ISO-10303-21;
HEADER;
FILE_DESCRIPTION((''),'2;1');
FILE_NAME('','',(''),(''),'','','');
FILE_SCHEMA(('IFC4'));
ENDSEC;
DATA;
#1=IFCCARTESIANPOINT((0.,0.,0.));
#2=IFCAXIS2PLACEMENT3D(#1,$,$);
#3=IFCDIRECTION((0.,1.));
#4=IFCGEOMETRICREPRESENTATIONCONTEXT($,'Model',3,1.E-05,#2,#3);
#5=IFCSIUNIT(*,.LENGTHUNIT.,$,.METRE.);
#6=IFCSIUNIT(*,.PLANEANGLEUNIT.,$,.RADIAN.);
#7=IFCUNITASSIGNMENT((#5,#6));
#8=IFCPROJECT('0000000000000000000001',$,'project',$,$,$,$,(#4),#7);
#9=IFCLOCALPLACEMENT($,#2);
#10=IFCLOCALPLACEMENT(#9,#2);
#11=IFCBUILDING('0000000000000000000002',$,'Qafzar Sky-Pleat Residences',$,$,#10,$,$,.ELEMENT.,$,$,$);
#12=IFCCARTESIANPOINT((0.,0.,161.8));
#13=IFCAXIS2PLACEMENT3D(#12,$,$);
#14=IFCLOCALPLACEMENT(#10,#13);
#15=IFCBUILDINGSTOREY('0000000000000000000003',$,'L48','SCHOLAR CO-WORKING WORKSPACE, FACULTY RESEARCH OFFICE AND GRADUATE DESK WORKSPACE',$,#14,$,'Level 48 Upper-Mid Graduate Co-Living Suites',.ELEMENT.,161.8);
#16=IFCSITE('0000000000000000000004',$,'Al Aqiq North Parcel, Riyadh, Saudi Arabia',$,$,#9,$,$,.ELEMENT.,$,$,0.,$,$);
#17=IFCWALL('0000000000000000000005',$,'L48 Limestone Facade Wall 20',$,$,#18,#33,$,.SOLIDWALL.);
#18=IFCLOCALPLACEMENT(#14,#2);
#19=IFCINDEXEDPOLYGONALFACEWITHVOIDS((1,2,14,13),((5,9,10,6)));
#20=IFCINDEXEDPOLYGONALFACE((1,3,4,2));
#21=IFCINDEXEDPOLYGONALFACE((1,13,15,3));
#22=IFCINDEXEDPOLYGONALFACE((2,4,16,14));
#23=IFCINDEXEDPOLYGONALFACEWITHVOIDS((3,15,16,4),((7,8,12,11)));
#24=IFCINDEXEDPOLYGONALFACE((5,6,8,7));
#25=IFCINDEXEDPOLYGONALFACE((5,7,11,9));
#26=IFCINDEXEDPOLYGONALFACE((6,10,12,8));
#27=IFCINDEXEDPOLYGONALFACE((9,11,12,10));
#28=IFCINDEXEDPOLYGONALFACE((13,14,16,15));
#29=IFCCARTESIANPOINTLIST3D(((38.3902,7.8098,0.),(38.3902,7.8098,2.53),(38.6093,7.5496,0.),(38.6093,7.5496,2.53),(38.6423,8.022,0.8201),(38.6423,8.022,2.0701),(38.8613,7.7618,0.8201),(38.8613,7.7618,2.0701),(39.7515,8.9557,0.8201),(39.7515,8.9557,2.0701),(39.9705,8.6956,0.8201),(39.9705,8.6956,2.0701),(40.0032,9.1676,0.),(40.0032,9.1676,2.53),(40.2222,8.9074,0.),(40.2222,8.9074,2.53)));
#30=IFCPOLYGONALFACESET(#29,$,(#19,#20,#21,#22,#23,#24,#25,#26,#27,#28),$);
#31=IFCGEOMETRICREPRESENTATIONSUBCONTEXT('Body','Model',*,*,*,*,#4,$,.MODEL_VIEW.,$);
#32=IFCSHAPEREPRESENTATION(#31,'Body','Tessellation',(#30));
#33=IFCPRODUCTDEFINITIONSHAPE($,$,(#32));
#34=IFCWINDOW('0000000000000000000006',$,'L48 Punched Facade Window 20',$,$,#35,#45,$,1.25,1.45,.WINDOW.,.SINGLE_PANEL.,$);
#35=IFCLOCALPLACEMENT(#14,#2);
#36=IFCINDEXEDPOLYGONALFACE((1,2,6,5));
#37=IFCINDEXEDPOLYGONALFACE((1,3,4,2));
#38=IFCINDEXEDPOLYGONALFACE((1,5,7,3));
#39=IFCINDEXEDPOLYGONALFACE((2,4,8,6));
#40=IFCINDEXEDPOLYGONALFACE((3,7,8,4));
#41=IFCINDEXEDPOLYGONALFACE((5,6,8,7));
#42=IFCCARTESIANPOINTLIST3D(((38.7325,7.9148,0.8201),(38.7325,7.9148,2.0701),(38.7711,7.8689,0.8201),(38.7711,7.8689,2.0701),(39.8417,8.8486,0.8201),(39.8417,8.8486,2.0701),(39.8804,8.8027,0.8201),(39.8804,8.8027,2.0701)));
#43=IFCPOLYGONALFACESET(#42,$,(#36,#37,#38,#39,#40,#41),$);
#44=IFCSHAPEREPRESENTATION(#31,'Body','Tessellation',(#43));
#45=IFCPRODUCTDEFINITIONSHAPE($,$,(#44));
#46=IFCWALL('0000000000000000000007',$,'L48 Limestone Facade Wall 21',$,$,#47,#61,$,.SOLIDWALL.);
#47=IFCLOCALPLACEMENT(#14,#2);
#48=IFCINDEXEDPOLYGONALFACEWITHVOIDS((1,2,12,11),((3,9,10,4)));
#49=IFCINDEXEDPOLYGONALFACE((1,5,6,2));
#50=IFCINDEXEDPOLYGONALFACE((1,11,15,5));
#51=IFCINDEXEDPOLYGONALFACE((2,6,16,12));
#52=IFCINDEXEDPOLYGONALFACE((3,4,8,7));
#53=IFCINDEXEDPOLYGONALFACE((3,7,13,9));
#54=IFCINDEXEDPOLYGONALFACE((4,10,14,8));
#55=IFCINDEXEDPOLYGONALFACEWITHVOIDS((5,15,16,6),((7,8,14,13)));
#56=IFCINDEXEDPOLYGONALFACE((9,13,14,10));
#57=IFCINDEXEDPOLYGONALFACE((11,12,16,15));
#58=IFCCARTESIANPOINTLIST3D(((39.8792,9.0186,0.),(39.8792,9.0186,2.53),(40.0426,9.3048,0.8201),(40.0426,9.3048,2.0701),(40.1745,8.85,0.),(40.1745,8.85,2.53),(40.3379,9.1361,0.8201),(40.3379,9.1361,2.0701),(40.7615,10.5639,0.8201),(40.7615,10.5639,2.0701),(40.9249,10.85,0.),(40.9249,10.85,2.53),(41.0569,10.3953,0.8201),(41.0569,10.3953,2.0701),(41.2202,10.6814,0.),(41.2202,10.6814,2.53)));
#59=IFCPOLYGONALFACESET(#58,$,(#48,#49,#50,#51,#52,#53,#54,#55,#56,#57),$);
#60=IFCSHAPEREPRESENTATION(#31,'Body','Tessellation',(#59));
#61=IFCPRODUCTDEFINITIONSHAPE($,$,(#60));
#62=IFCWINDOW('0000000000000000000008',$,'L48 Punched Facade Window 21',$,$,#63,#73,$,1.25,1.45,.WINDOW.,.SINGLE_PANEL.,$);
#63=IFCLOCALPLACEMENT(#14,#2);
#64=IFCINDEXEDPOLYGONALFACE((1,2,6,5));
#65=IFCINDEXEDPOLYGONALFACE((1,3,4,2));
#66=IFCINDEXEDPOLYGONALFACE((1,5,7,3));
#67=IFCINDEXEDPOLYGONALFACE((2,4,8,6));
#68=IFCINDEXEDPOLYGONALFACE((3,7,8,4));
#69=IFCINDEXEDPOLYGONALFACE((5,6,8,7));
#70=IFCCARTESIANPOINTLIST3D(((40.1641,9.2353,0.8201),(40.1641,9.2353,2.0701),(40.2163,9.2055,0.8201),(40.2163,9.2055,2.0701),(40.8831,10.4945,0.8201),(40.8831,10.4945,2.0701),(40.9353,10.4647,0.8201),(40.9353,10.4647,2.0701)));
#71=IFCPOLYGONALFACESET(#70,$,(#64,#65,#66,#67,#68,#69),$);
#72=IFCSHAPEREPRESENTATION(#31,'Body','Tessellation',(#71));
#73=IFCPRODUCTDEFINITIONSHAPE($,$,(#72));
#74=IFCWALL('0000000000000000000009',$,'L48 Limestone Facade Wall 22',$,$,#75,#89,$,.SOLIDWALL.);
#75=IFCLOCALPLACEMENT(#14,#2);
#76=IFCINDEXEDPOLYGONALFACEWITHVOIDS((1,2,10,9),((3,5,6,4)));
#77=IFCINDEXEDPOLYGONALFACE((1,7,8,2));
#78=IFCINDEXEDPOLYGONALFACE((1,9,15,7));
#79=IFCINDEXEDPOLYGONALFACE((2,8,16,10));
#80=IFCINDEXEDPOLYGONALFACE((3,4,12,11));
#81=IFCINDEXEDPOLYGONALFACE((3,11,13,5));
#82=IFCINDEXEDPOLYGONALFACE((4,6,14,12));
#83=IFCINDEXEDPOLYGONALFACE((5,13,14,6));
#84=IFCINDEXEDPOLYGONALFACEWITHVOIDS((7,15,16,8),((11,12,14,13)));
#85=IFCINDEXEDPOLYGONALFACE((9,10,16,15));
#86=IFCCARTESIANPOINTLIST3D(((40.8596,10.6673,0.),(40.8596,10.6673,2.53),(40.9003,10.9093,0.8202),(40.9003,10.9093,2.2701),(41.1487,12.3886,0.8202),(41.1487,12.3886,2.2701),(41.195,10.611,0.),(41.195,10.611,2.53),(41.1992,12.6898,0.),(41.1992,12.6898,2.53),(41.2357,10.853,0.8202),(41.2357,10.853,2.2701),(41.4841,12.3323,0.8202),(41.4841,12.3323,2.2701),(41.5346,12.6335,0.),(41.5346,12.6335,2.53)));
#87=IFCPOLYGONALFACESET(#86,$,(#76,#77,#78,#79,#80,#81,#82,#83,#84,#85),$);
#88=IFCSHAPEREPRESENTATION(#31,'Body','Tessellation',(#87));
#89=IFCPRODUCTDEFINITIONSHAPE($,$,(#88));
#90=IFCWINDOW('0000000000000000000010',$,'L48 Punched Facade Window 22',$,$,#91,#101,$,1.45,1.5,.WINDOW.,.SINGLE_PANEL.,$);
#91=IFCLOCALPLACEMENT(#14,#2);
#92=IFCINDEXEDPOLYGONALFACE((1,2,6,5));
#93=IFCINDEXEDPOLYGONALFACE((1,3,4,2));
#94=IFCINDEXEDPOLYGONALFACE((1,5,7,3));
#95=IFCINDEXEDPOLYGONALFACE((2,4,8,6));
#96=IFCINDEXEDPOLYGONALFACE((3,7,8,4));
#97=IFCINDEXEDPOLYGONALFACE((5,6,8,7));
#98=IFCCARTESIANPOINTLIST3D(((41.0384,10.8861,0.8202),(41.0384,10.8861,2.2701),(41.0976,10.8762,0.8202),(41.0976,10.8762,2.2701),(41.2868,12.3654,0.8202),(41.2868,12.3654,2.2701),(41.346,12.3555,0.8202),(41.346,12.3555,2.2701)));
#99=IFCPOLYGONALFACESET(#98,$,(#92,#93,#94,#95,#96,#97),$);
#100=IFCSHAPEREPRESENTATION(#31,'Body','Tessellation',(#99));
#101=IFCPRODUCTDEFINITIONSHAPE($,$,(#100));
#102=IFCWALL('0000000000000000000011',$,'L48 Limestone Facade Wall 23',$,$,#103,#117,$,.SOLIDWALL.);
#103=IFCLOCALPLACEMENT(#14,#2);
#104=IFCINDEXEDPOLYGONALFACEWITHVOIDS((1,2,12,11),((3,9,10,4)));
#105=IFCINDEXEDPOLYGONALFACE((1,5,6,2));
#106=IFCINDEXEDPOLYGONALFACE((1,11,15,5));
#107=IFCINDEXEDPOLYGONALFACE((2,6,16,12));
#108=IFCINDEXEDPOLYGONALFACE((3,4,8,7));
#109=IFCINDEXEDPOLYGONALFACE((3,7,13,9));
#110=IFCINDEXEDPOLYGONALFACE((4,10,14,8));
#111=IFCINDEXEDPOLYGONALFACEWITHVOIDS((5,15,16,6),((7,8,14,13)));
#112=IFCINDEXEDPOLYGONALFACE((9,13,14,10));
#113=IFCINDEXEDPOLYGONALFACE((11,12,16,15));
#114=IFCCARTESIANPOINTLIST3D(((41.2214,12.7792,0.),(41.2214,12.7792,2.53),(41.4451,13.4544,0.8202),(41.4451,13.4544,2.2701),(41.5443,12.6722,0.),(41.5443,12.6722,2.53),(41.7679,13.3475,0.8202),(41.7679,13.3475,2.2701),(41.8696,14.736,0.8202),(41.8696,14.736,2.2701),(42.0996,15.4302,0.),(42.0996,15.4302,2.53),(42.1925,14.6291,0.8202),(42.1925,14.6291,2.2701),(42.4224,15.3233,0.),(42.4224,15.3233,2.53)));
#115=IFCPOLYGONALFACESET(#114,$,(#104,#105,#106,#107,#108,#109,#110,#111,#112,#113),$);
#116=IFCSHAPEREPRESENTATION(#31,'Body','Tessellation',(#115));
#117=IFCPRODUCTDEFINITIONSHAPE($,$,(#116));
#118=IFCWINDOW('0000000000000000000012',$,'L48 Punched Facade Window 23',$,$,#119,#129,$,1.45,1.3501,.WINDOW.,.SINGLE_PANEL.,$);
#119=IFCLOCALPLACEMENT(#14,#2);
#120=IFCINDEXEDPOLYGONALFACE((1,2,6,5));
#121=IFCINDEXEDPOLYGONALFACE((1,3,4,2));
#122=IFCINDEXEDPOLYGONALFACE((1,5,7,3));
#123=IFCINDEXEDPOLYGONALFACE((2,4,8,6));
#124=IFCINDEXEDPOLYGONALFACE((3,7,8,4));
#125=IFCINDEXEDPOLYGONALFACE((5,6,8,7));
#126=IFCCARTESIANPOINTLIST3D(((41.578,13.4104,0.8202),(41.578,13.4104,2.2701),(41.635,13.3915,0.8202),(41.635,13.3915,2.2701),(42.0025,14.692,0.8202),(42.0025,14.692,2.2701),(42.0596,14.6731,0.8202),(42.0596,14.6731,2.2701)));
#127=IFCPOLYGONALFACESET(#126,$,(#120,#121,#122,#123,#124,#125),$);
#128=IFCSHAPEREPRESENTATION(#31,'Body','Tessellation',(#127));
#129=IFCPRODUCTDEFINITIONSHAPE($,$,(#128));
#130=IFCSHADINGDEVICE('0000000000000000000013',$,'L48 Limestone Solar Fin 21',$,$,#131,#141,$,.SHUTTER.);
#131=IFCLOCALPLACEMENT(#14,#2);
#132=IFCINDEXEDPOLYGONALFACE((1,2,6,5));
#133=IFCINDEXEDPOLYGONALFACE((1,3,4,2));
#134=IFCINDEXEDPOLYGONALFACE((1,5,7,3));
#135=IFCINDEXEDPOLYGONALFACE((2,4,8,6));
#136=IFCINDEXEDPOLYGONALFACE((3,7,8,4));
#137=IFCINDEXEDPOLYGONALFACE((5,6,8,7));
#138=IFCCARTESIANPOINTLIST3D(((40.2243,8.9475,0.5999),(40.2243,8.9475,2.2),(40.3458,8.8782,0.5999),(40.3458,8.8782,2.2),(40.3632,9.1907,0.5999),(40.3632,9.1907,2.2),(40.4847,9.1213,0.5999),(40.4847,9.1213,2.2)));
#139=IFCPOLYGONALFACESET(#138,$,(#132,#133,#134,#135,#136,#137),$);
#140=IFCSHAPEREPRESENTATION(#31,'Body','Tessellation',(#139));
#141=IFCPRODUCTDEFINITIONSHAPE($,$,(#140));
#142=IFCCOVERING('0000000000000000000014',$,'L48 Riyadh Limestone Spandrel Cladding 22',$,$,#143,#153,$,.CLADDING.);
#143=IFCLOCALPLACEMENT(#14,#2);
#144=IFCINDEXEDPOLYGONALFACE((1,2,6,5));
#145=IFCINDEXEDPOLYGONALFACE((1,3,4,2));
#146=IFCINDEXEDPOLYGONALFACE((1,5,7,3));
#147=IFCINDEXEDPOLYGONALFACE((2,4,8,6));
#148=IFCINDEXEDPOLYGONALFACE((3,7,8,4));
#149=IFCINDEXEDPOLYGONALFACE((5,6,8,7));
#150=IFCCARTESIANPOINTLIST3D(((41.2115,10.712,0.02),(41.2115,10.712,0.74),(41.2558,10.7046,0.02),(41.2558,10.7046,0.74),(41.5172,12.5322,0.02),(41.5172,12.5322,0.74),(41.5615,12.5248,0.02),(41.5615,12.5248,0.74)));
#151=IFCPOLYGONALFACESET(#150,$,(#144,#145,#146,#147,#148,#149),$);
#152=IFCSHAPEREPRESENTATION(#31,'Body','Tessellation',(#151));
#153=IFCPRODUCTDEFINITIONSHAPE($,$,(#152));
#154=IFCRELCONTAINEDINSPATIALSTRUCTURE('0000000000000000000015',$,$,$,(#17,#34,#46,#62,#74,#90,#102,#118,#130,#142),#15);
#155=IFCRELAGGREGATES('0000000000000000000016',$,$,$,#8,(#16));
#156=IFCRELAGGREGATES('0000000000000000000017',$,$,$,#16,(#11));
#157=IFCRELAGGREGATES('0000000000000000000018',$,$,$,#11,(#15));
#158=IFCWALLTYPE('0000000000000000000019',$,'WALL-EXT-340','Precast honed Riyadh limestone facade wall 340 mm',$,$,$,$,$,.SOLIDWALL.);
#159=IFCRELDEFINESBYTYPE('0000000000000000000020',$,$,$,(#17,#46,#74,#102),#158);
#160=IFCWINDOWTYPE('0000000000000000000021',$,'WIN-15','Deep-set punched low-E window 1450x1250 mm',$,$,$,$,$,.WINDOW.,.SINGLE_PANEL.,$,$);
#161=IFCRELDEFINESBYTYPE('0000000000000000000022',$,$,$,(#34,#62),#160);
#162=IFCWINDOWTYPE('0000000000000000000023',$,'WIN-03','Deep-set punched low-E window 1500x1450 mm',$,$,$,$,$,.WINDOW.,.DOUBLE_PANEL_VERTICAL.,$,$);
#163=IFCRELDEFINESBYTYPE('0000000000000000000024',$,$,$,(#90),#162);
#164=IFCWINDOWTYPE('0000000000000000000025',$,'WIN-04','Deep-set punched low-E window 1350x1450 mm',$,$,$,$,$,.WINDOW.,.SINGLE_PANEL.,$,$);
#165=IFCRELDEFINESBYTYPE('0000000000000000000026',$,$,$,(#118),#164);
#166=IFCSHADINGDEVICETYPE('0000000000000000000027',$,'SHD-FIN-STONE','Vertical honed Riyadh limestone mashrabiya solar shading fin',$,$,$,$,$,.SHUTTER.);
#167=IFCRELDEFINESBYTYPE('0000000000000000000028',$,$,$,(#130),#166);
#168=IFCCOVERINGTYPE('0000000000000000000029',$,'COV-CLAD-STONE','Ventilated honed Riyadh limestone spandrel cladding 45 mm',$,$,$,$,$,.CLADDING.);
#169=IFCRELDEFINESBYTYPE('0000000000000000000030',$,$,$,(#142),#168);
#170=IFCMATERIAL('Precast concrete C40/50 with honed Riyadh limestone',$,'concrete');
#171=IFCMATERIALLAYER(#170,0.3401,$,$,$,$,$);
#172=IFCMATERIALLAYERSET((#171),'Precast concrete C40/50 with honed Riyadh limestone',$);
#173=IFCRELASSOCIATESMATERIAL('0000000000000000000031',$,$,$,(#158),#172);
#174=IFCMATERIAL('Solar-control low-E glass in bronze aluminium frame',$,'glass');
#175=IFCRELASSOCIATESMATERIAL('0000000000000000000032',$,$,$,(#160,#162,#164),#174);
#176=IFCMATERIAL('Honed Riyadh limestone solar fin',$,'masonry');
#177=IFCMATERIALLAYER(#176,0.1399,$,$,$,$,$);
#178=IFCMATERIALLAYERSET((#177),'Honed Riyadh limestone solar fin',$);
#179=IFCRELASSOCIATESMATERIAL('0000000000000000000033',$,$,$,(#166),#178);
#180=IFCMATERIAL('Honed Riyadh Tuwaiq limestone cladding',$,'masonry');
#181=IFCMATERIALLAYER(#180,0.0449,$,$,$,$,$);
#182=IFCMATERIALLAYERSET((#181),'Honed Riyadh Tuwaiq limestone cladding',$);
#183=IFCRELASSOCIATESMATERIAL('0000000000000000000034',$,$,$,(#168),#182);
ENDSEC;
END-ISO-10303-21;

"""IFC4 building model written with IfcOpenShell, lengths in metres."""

from ifc_helpers import new_model, si_unit, direction, frame, frame_2d, origin, origin_2d, place, context, subcontext, project, spatial, rectangle, extrude, source, transform, mapped, material, layer, layer_set, type_object, element, fill, save


model = new_model("IFC4")

# Units and contexts
model_context = context("Model", 3, precision=1e-05, world=origin(), true_north=direction((0.0, 1.0)))
body_context = subcontext(model_context, "Body", "Model", "MODEL_VIEW")
ifc_project = project(units=[si_unit("LENGTHUNIT", "METRE"), si_unit("PLANEANGLEUNIT", "RADIAN")], contexts=[model_context])

# Site, building, storey
site_placement = place(None, origin())
site = spatial("IfcSite", under=ifc_project, at=site_placement, Name="Al Aqiq North Parcel, Riyadh, Saudi Arabia", CompositionType="ELEMENT", RefElevation=0.0)
building_placement = place(site_placement, origin())
building = spatial("IfcBuilding", under=site, at=building_placement, Name="Qafzar Sky-Pleat Residences", CompositionType="ELEMENT")
storey_placement = place(building_placement, frame((0.0, 0.0, 161.8)))
storey = spatial("IfcBuildingStorey", under=building, at=storey_placement, Name="L48", Description="SCHOLAR CO-WORKING WORKSPACE, FACULTY RESEARCH OFFICE AND GRADUATE DESK WORKSPACE", LongName="Level 48 Upper-Mid Graduate Co-Living Suites", CompositionType="ELEMENT", Elevation=161.8)

# Walls, openings, windows
ifc_material_1 = material(Name="Precast concrete C40/50 with honed Riyadh limestone", Category="concrete")
ifc_layer_1 = layer(ifc_material_1, 0.3401)
ifc_layer_set_1 = layer_set([ifc_layer_1], Name="Precast concrete C40/50 with honed Riyadh limestone")
wall_type_1 = type_object("IfcWallType", Name="WALL-EXT-340", Description="Precast honed Riyadh limestone facade wall 340 mm", PredefinedType="SOLIDWALL", material=ifc_layer_set_1)
ifc_material_2 = material(Name="Solar-control low-E glass in bronze aluminium frame", Category="glass")
wall_1_placement = place(storey_placement, frame((38.4998, 7.6797, 0.0), z_axis=(0.0, 0.0, 1.0), x_axis=(0.765013, 0.644015, 0.0)))
wall_1 = element("IfcWall", 1, at=wall_1_placement, inside=storey, type_object=wall_type_1, Name="L48 Limestone Facade Wall 20", PredefinedType="SOLIDWALL", context=body_context, shape_type="SweptSolid", body=[
    extrude(rectangle(XDim=2.1084, YDim=0.3401, at=frame_2d((1.0542, 0.0))), origin(), (0.0, 0.0, 1.0), 2.53),
])
opening_1_placement = place(wall_1_placement, frame((0.3293, 0.0, 0.8201)))
opening_1 = element("IfcOpeningElement", 2, at=opening_1_placement, cuts=wall_1, PredefinedType="OPENING", context=body_context, shape_type="SweptSolid", body=[
    extrude(rectangle(XDim=1.45, YDim=1.25, at=frame_2d((0.7251, 0.625))), frame((0.0, 0.1802, 0.0), z_axis=(0.0, -1.0, 0.0), x_axis=(1.0, 0.0, 0.0)), (0.0, 0.0, 1.0), 0.3601),
])
window_type_1 = type_object("IfcWindowType", Name="WIN-15", Description="Deep-set punched low-E window 1450x1250 mm", PartitioningType="SINGLE_PANEL", PredefinedType="WINDOW", material=ifc_material_2)
shared_shape_1 = source(origin(), body_context, "Body", "SweptSolid", [
    extrude(rectangle(XDim=1.45, YDim=1.25, at=frame_2d((0.7251, 0.625))), frame((0.0, 0.03, 0.0), z_axis=(0.0, -1.0, 0.0), x_axis=(1.0, 0.0, 0.0)), (0.0, 0.0, 1.0), 0.0601),
])
window_1_placement = place(opening_1_placement, origin())
window_1 = element("IfcWindow", 3, at=window_1_placement, inside=storey, type_object=window_type_1, Name="L48 Punched Facade Window 20", OverallHeight=1.25, OverallWidth=1.45, PartitioningType="SINGLE_PANEL", PredefinedType="WINDOW", context=body_context, shape_type="MappedRepresentation", body=[
    mapped(shared_shape_1, transform((0.0, 0.0, 0.0), x_axis=(1.0, 0.0, 0.0), y_axis=(0.0, 1.0, 0.0), z_axis=(0.0, 0.0, 1.0), scale=1.0)),
])
fill(opening_1, window_1)
wall_2_placement = place(storey_placement, frame((40.0269, 8.9343, 0.0), z_axis=(0.0, 0.0, 1.0), x_axis=(0.495852, 0.868407, 0.0)))
wall_2 = element("IfcWall", 4, at=wall_2_placement, inside=storey, type_object=wall_type_1, Name="L48 Limestone Facade Wall 21", PredefinedType="SOLIDWALL", context=body_context, shape_type="SweptSolid", body=[
    extrude(rectangle(XDim=2.1089, YDim=0.3401, at=frame_2d((1.0544, 0.0))), origin(), (0.0, 0.0, 1.0), 2.53),
])
opening_2_placement = place(wall_2_placement, frame((0.3293, 0.0, 0.8201)))
opening_2 = element("IfcOpeningElement", 5, at=opening_2_placement, cuts=wall_2, PredefinedType="OPENING", context=body_context, shape_type="SweptSolid", body=[
    extrude(rectangle(XDim=1.45, YDim=1.25, at=frame_2d((0.7251, 0.625))), frame((0.0, 0.1802, 0.0), z_axis=(0.0, -1.0, 0.0), x_axis=(1.0, 0.0, 0.0)), (0.0, 0.0, 1.0), 0.3601),
])
window_2_placement = place(opening_2_placement, origin())
window_2 = element("IfcWindow", 6, at=window_2_placement, inside=storey, type_object=window_type_1, Name="L48 Punched Facade Window 21", OverallHeight=1.25, OverallWidth=1.45, PartitioningType="SINGLE_PANEL", PredefinedType="WINDOW", context=body_context, shape_type="MappedRepresentation", body=[
    mapped(shared_shape_1, transform((0.0, 0.0, 0.0), x_axis=(1.0, 0.0, 0.0), y_axis=(0.0, 1.0, 0.0), z_axis=(0.0, 0.0, 1.0), scale=1.0)),
])
fill(opening_2, window_2)
wall_3_placement = place(storey_placement, frame((41.0273, 10.6392, 0.0), z_axis=(0.0, 0.0, 1.0), x_axis=(0.165596, 0.986194, 0.0)))
wall_3 = element("IfcWall", 7, at=wall_3_placement, inside=storey, type_object=wall_type_1, Name="L48 Limestone Facade Wall 22", PredefinedType="SOLIDWALL", context=body_context, shape_type="SweptSolid", body=[
    extrude(rectangle(XDim=2.0508, YDim=0.3401, at=frame_2d((1.0254, 0.0))), origin(), (0.0, 0.0, 1.0), 2.53),
])
opening_3_placement = place(wall_3_placement, frame((0.2454, 0.0, 0.8201)))
opening_3 = element("IfcOpeningElement", 8, at=opening_3_placement, cuts=wall_3, PredefinedType="OPENING", context=body_context, shape_type="SweptSolid", body=[
    extrude(rectangle(XDim=1.5, YDim=1.45, at=frame_2d((0.75, 0.7251))), frame((0.0, 0.1802, 0.0), z_axis=(0.0, -1.0, 0.0), x_axis=(1.0, 0.0, 0.0)), (0.0, 0.0, 1.0), 0.3601),
])
window_type_2 = type_object("IfcWindowType", Name="WIN-03", Description="Deep-set punched low-E window 1500x1450 mm", PartitioningType="DOUBLE_PANEL_VERTICAL", PredefinedType="WINDOW", material=ifc_material_2)
shared_shape_2 = source(origin(), body_context, "Body", "SweptSolid", [
    extrude(rectangle(XDim=1.5, YDim=1.45, at=frame_2d((0.75, 0.7251))), frame((0.0, 0.03, 0.0), z_axis=(0.0, -1.0, 0.0), x_axis=(1.0, 0.0, 0.0)), (0.0, 0.0, 1.0), 0.0601),
])
window_3_placement = place(opening_3_placement, origin())
window_3 = element("IfcWindow", 9, at=window_3_placement, inside=storey, type_object=window_type_2, Name="L48 Punched Facade Window 22", OverallHeight=1.45, OverallWidth=1.5, PartitioningType="SINGLE_PANEL", PredefinedType="WINDOW", context=body_context, shape_type="MappedRepresentation", body=[
    mapped(shared_shape_2, transform((0.0, 0.0, 0.0), x_axis=(1.0, 0.0, 0.0), y_axis=(0.0, 1.0, 0.0), z_axis=(0.0, 0.0, 1.0), scale=1.0)),
])
fill(opening_3, window_3)
wall_4_placement = place(storey_placement, frame((41.3828, 12.7256, 0.0), z_axis=(0.0, 0.0, 1.0), x_axis=(0.314444, 0.949276, 0.0)))
wall_4 = element("IfcWall", 10, at=wall_4_placement, inside=storey, type_object=wall_type_1, Name="L48 Limestone Facade Wall 23", PredefinedType="SOLIDWALL", context=body_context, shape_type="SweptSolid", body=[
    extrude(rectangle(XDim=2.7927, YDim=0.3401, at=frame_2d((1.3965, 0.0))), origin(), (0.0, 0.0, 1.0), 2.53),
])
opening_4_placement = place(wall_4_placement, frame((0.7114, 0.0, 0.8201)))
opening_4 = element("IfcOpeningElement", 11, at=opening_4_placement, cuts=wall_4, PredefinedType="OPENING", context=body_context, shape_type="SweptSolid", body=[
    extrude(rectangle(XDim=1.3501, YDim=1.45, at=frame_2d((0.675, 0.7251))), frame((0.0, 0.1802, 0.0), z_axis=(0.0, -1.0, 0.0), x_axis=(1.0, 0.0, 0.0)), (0.0, 0.0, 1.0), 0.3601),
])
window_type_3 = type_object("IfcWindowType", Name="WIN-04", Description="Deep-set punched low-E window 1350x1450 mm", PartitioningType="SINGLE_PANEL", PredefinedType="WINDOW", material=ifc_material_2)
shared_shape_3 = source(origin(), body_context, "Body", "SweptSolid", [
    extrude(rectangle(XDim=1.3501, YDim=1.45, at=frame_2d((0.675, 0.7251))), frame((0.0, 0.03, 0.0), z_axis=(0.0, -1.0, 0.0), x_axis=(1.0, 0.0, 0.0)), (0.0, 0.0, 1.0), 0.0601),
])
window_4_placement = place(opening_4_placement, origin())
window_4 = element("IfcWindow", 12, at=window_4_placement, inside=storey, type_object=window_type_3, Name="L48 Punched Facade Window 23", OverallHeight=1.45, OverallWidth=1.3501, PartitioningType="SINGLE_PANEL", PredefinedType="WINDOW", context=body_context, shape_type="MappedRepresentation", body=[
    mapped(shared_shape_3, transform((0.0, 0.0, 0.0), x_axis=(1.0, 0.0, 0.0), y_axis=(0.0, 1.0, 0.0), z_axis=(0.0, 0.0, 1.0), scale=1.0)),
])
fill(opening_4, window_4)

# Shading device
ifc_material_3 = material(Name="Honed Riyadh limestone solar fin", Category="masonry")
ifc_layer_2 = layer(ifc_material_3, 0.1399)
ifc_layer_set_2 = layer_set([ifc_layer_2], Name="Honed Riyadh limestone solar fin")
shading_device_type = type_object("IfcShadingDeviceType", Name="SHD-FIN-STONE", Description="Vertical honed Riyadh limestone mashrabiya solar shading fin", PredefinedType="SHUTTER", material=ifc_layer_set_2)
shared_shape_4 = source(origin(), body_context, "Body", "SweptSolid", [
    extrude(rectangle(XDim=0.1399, YDim=0.28, at=origin_2d()), origin(), (0.0, 0.0, 1.0), 1.6001),
])
shading_device_placement = place(storey_placement, frame((40.3545, 9.0344, 0.5999), z_axis=(0.0, 0.0, 1.0), x_axis=(0.868422, -0.495826, 0.0)))
element("IfcShadingDevice", 13, at=shading_device_placement, inside=storey, type_object=shading_device_type, Name="L48 Limestone Solar Fin 21", PredefinedType="SHUTTER", context=body_context, shape_type="MappedRepresentation", body=[
    mapped(shared_shape_4, transform((0.0, 0.0, 0.0), x_axis=(1.0, 0.0, 0.0), y_axis=(0.0, 1.0, 0.0), z_axis=(0.0, 0.0, 1.0), scale=1.0)),
])

# Covering
ifc_material_4 = material(Name="Honed Riyadh Tuwaiq limestone cladding", Category="masonry")
ifc_layer_3 = layer(ifc_material_4, 0.0449)
ifc_layer_set_3 = layer_set([ifc_layer_3], Name="Honed Riyadh Tuwaiq limestone cladding")
covering_type = type_object("IfcCoveringType", Name="COV-CLAD-STONE", Description="Ventilated honed Riyadh limestone spandrel cladding 45 mm", PredefinedType="CLADDING", material=ifc_layer_set_3)
shared_shape_5 = source(origin(), body_context, "Body", "SweptSolid", [
    extrude(rectangle(XDim=1.8457, YDim=0.0449, at=origin_2d()), origin(), (0.0, 0.0, 1.0), 0.72),
])
covering_1_placement = place(storey_placement, frame((41.3865, 11.6184, 0.02), z_axis=(0.0, 0.0, 1.0), x_axis=(0.165648, 0.986185, 0.0)))
element("IfcCovering", 14, at=covering_1_placement, inside=storey, type_object=covering_type, Name="L48 Riyadh Limestone Spandrel Cladding 22", PredefinedType="CLADDING", context=body_context, shape_type="MappedRepresentation", body=[
    mapped(shared_shape_5, transform((0.0, 0.0, 0.0), x_axis=(1.0, 0.0, 0.0), y_axis=(0.0, 1.0, 0.0), z_axis=(0.0, 0.0, 1.0), scale=1.0)),
])

save(model, "model.ifc")
